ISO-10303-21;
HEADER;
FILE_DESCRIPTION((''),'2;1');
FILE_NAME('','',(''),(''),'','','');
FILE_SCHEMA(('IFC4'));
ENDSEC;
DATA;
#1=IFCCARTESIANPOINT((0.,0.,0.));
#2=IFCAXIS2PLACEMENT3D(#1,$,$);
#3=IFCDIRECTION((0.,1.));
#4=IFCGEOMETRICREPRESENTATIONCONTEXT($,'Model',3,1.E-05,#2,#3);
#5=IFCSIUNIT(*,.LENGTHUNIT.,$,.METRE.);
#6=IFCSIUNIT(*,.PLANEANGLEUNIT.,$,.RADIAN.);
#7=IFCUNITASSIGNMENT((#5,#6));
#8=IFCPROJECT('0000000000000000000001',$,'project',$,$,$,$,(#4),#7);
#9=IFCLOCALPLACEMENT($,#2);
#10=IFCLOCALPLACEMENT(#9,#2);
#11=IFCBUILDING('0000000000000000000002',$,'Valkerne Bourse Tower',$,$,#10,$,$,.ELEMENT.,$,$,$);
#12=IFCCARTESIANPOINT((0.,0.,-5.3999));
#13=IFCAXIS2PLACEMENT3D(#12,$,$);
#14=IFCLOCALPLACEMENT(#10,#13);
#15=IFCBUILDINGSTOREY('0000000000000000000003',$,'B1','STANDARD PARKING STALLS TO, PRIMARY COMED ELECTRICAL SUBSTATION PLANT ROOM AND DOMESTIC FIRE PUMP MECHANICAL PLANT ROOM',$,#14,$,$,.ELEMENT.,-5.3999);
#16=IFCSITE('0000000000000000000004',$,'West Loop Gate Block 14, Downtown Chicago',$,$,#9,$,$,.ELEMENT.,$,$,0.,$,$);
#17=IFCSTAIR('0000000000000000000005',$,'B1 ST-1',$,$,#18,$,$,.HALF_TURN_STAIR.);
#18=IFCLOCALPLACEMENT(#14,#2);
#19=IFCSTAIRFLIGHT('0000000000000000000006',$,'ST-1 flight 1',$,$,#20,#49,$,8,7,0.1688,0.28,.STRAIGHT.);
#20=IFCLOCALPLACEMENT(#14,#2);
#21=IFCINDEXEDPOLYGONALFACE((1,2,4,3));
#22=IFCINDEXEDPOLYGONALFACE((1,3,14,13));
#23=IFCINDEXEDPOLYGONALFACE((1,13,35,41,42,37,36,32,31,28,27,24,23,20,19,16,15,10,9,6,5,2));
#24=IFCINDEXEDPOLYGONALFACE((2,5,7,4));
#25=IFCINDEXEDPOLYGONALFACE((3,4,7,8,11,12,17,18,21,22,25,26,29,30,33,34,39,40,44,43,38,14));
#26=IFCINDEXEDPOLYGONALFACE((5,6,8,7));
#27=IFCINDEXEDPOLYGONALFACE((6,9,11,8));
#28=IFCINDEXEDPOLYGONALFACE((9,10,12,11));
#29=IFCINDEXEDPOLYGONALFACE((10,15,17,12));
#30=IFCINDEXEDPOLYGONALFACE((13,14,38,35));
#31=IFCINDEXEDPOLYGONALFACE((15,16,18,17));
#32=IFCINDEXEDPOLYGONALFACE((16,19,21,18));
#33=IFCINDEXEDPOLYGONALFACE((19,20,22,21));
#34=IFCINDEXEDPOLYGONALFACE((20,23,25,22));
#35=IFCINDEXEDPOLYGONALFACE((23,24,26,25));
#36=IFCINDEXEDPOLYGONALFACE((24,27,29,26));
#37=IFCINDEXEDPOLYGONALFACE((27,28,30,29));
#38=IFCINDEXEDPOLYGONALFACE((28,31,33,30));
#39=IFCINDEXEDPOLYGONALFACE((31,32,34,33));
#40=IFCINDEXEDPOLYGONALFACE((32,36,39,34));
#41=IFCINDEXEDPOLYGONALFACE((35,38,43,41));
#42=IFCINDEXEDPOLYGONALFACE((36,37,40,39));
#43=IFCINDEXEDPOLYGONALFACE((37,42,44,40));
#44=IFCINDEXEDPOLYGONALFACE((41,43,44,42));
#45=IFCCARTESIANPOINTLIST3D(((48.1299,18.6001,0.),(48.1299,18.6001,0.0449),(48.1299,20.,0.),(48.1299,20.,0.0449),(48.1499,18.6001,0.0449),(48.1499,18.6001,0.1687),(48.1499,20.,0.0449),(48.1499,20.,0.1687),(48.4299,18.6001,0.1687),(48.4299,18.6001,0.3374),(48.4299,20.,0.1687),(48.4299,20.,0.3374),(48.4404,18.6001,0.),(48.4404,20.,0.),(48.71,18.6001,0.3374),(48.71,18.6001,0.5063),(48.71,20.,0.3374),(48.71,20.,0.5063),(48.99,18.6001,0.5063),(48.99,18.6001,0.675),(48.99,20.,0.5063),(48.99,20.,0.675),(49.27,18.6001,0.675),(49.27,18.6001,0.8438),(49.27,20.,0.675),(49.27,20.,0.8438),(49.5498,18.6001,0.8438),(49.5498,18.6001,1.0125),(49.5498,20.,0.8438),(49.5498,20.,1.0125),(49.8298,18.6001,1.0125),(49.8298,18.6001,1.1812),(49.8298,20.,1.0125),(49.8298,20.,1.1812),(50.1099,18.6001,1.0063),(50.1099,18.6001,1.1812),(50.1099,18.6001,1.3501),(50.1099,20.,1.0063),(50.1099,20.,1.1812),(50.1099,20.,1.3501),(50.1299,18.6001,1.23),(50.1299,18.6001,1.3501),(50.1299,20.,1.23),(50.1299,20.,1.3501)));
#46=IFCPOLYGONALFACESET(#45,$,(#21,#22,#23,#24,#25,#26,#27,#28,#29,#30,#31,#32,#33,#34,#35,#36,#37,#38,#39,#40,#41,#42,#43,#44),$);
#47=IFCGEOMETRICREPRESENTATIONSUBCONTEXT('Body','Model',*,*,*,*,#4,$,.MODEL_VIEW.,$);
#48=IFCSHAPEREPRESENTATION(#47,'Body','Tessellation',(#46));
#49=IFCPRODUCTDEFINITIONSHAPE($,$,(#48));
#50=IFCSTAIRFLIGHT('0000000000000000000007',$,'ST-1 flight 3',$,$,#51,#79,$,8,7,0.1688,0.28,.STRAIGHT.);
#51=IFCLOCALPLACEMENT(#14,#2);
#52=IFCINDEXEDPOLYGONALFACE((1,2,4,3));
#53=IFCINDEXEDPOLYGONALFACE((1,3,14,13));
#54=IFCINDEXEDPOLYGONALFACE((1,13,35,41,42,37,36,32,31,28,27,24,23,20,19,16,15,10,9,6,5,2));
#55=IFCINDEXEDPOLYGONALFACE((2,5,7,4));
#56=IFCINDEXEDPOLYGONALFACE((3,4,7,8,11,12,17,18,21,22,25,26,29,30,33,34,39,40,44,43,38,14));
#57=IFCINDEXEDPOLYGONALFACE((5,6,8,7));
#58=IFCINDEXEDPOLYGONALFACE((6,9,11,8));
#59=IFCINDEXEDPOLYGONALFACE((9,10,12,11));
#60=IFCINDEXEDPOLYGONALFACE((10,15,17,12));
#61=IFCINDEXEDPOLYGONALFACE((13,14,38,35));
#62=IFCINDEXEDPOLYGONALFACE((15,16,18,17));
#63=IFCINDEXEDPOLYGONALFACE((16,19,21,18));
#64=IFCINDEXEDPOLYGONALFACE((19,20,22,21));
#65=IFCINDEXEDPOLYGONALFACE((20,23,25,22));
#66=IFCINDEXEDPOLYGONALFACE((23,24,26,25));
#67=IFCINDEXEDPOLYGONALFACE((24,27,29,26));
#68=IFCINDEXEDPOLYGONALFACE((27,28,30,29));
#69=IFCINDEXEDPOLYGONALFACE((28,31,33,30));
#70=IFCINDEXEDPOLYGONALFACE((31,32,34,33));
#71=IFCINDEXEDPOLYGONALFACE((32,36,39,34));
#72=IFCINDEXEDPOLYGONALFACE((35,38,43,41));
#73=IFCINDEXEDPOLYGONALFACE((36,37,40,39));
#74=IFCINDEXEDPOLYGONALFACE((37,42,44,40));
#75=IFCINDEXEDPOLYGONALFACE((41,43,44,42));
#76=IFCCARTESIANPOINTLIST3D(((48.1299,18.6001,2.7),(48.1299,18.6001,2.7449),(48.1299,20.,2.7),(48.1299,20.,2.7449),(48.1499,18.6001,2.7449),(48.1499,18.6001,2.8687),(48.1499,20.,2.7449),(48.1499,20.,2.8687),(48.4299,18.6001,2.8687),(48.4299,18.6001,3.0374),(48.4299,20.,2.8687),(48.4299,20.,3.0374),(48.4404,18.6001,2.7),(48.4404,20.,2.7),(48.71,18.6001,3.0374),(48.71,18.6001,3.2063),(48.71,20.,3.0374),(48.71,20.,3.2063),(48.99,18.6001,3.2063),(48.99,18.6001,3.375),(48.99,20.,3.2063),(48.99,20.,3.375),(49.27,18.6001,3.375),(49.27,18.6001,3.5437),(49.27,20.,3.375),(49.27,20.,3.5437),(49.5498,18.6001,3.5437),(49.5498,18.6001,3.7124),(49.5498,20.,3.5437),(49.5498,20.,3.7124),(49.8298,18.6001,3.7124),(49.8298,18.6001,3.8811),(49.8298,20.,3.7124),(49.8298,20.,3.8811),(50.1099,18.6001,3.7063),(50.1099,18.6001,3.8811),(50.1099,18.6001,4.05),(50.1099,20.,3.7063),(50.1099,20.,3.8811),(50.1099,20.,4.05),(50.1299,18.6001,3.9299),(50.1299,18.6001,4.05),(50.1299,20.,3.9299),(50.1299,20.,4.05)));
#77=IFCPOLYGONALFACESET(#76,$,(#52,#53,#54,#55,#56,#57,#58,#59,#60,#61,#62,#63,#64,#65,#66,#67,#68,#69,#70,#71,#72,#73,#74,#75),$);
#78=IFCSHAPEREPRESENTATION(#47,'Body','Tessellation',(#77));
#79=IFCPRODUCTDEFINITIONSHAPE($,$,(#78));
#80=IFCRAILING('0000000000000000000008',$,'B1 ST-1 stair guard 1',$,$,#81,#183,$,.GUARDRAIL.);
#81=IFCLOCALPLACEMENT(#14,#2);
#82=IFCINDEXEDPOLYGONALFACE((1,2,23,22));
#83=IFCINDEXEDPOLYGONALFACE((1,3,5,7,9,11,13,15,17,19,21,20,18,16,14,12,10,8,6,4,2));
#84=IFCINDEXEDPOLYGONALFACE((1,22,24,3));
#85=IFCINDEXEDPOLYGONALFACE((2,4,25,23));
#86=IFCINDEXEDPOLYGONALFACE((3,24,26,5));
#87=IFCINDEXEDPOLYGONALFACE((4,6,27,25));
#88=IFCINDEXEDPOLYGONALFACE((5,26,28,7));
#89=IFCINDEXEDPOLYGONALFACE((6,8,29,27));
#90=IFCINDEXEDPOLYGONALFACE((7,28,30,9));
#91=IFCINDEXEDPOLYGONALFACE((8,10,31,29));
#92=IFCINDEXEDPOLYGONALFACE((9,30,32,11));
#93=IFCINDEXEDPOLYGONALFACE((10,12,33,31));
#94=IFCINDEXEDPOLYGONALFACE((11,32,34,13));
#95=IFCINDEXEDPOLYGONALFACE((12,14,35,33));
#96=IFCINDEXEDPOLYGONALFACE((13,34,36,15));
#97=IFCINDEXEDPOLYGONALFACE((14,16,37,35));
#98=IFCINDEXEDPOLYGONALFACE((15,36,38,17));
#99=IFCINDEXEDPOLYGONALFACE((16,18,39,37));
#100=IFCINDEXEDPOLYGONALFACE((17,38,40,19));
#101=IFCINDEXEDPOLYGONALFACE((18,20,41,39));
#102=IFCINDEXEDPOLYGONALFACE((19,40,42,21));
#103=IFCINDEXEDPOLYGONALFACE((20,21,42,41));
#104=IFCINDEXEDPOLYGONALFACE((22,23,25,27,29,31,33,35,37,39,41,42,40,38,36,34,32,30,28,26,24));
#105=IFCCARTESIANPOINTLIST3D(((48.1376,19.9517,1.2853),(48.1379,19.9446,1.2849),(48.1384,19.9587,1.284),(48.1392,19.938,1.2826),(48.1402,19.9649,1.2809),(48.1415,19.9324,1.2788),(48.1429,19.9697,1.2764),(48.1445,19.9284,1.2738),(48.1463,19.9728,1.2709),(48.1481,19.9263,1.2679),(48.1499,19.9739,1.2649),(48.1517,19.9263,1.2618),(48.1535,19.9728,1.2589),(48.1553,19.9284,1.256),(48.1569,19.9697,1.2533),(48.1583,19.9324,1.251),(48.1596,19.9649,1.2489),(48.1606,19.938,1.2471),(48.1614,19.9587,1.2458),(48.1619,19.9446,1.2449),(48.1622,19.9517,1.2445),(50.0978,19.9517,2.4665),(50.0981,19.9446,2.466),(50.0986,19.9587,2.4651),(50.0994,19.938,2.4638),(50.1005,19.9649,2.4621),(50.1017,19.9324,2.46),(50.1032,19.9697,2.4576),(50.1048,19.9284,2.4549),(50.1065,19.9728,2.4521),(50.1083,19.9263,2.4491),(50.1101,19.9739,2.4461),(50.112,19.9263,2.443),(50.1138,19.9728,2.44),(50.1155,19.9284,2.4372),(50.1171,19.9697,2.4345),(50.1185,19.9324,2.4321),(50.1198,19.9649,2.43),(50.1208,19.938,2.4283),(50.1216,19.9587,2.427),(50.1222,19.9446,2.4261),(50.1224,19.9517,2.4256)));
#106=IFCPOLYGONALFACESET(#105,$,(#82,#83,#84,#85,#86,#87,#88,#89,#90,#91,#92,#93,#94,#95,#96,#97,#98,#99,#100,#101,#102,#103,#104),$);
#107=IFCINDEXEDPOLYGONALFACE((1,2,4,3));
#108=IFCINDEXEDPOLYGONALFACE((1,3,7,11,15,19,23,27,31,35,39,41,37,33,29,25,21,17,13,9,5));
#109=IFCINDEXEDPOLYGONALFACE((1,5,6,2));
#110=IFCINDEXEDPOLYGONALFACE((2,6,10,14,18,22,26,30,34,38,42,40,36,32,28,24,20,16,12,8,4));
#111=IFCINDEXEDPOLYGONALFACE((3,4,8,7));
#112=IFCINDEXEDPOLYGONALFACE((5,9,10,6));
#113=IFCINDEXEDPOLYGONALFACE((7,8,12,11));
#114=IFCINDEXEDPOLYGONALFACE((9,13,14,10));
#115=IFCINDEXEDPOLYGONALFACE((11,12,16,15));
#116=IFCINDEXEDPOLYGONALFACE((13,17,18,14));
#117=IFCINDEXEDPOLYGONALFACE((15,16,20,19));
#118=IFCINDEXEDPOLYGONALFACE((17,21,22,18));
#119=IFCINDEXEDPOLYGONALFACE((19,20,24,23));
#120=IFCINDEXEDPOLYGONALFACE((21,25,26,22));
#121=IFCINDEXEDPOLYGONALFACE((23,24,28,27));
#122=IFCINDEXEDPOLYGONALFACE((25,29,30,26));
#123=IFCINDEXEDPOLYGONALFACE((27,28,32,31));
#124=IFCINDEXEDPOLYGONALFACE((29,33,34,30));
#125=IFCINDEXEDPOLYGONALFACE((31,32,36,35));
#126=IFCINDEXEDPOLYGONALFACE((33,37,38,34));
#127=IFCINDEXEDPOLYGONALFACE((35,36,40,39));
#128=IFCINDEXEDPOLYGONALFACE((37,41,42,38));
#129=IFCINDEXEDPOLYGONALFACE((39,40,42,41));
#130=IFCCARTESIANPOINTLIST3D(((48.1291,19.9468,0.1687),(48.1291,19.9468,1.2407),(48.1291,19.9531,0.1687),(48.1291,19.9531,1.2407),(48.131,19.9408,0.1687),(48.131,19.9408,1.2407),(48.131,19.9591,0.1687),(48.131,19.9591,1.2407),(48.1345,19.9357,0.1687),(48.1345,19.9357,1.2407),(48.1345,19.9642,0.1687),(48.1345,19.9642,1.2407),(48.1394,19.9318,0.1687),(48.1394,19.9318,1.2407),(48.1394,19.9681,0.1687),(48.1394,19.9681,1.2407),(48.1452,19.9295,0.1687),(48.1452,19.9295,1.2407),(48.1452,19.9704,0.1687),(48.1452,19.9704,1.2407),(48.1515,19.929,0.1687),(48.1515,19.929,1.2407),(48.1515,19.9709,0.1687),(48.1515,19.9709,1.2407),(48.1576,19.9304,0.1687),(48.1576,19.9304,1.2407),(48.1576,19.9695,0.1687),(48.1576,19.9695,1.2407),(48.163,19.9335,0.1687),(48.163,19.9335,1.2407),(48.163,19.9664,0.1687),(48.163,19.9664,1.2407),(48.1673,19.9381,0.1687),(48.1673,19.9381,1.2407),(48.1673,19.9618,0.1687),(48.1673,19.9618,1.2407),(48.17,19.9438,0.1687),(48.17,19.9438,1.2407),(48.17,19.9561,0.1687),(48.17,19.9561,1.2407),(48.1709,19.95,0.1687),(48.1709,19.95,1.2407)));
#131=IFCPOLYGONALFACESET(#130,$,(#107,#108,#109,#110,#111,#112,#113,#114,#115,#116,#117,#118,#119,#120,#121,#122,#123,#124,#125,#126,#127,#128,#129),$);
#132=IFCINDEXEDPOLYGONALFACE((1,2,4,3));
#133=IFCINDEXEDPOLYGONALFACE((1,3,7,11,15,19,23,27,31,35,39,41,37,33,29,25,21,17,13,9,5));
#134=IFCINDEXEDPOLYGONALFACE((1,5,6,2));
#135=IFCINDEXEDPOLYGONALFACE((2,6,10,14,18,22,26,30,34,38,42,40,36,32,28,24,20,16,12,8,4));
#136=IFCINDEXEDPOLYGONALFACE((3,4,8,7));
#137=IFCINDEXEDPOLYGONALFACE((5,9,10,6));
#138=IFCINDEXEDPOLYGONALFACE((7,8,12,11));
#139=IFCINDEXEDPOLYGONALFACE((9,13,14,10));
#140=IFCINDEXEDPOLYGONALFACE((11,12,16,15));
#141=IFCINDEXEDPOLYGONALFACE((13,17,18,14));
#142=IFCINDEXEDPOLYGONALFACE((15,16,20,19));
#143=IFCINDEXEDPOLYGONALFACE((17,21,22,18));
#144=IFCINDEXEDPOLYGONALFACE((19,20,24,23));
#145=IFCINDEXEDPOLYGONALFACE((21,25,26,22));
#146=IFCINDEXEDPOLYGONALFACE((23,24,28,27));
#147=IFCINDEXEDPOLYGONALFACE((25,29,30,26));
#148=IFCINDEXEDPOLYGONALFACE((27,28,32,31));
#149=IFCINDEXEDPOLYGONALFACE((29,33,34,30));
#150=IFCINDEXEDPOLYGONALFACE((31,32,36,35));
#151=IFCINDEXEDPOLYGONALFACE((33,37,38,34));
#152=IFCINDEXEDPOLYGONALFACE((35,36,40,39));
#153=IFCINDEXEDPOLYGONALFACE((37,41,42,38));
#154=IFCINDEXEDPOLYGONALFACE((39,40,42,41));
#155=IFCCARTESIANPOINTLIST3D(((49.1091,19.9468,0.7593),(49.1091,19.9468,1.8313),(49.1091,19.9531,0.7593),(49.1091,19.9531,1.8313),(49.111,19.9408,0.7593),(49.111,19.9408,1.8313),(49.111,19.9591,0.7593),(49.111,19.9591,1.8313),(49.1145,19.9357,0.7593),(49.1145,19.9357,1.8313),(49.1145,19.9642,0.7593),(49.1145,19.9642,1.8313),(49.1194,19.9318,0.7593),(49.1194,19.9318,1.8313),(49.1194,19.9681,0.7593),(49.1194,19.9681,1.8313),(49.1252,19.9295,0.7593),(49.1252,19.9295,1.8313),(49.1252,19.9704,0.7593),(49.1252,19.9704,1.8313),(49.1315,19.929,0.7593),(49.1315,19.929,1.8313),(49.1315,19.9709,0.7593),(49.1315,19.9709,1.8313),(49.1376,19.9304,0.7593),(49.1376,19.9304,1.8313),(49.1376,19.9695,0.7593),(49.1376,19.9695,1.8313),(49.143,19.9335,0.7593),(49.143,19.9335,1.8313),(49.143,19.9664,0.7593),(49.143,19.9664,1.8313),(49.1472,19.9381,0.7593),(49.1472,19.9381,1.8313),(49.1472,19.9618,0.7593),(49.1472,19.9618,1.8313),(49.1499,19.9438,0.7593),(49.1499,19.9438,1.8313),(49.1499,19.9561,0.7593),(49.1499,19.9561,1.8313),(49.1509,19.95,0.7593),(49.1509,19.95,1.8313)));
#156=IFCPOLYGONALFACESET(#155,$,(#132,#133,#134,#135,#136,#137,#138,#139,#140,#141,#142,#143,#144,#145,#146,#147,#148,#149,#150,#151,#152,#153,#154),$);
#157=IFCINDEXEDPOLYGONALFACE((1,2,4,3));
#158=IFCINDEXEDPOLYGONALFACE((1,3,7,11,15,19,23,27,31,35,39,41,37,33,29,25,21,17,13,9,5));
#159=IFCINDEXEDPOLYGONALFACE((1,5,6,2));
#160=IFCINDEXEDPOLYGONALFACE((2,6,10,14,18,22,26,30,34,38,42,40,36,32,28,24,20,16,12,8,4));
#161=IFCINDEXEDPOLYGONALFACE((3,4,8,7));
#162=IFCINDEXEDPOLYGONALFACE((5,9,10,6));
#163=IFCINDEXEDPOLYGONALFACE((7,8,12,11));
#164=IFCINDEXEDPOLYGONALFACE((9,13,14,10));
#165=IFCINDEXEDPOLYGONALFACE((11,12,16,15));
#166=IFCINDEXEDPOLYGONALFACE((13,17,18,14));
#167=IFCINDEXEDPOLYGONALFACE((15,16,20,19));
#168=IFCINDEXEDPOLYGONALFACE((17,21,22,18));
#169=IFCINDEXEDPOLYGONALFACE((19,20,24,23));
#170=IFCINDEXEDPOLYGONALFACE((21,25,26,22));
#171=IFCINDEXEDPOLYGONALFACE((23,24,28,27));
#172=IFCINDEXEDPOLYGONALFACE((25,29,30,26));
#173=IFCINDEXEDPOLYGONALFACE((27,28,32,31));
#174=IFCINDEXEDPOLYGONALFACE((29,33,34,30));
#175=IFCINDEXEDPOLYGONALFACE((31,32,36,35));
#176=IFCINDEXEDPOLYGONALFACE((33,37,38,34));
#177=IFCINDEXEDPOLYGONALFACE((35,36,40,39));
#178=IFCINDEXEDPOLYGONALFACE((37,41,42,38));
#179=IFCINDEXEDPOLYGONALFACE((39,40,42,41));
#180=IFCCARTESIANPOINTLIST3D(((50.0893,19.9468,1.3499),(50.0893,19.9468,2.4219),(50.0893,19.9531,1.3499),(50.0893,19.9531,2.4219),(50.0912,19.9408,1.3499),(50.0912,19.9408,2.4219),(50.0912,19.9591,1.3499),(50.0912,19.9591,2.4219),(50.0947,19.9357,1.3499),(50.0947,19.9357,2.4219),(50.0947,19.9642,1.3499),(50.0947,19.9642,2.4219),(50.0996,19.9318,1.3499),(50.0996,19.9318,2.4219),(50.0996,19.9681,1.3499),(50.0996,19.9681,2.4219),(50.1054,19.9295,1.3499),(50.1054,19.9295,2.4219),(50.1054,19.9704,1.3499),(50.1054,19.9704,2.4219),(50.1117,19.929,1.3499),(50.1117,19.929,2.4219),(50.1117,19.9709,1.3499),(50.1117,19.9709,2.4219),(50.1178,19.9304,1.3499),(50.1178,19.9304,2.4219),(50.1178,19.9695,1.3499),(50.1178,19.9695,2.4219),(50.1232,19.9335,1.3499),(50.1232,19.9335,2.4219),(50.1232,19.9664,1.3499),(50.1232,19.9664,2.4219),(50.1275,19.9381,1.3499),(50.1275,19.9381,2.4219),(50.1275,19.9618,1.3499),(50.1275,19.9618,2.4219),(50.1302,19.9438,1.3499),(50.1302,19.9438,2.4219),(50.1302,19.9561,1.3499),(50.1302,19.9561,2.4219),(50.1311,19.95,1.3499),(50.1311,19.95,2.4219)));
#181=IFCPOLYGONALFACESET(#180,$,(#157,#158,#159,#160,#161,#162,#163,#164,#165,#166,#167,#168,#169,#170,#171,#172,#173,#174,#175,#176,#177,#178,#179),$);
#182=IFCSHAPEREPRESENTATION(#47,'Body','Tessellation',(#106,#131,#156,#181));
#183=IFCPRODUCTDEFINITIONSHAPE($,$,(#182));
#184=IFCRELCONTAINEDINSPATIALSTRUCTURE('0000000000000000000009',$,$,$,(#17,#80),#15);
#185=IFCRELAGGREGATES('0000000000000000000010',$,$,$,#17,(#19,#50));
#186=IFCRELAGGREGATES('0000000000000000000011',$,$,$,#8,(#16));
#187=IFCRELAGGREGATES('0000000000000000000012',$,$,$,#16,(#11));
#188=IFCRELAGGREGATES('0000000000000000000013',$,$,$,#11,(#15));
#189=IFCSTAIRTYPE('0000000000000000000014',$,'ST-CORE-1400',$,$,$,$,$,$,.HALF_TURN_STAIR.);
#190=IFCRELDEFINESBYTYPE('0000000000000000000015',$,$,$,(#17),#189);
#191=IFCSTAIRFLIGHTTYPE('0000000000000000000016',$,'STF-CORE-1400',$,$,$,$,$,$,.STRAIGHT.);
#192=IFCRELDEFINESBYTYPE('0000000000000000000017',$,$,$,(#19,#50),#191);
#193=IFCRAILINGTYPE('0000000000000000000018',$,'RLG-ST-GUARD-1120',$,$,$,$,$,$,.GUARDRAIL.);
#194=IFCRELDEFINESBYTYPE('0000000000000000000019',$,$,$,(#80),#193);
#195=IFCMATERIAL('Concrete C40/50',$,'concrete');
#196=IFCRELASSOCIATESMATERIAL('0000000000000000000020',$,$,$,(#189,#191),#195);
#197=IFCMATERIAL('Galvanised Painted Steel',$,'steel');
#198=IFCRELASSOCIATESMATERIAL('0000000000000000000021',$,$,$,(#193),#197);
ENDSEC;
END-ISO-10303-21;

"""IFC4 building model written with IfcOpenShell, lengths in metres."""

from ifc_helpers import new_model, si_unit, direction, frame, origin, origin_2d, place, context, subcontext, project, spatial, polyline, circle, outline, extrude, material, type_object, element, aggregate, save


model = new_model("IFC4")

# Units and contexts
model_context = context("Model", 3, precision=1e-05, world=origin(), true_north=direction((0.0, 1.0)))
body_context = subcontext(model_context, "Body", "Model", "MODEL_VIEW")
ifc_project = project(units=[si_unit("LENGTHUNIT", "METRE"), si_unit("PLANEANGLEUNIT", "RADIAN")], contexts=[model_context])

# Site, building, storey
site_placement = place(None, origin())
site = spatial("IfcSite", under=ifc_project, at=site_placement, Name="West Loop Gate Block 14, Downtown Chicago", CompositionType="ELEMENT", RefElevation=0.0)
building_placement = place(site_placement, origin())
building = spatial("IfcBuilding", under=site, at=building_placement, Name="Valkerne Bourse Tower", CompositionType="ELEMENT")
storey_placement = place(building_placement, frame((0.0, 0.0, -5.3999)))
storey = spatial("IfcBuildingStorey", under=building, at=storey_placement, Name="B1", Description="STANDARD PARKING STALLS TO, PRIMARY COMED ELECTRICAL SUBSTATION PLANT ROOM AND DOMESTIC FIRE PUMP MECHANICAL PLANT ROOM", CompositionType="ELEMENT", Elevation=-5.3999)

# Shared definitions
ifc_material_1 = material(Name="Concrete C40/50", Category="concrete")

# Stair, stair flights
stair_type = type_object("IfcStairType", Name="ST-CORE-1400", PredefinedType="HALF_TURN_STAIR", material=ifc_material_1)
stair_placement = place(storey_placement, origin())
stair = element("IfcStair", 1, at=stair_placement, inside=storey, type_object=stair_type, Name="B1 ST-1", PredefinedType="HALF_TURN_STAIR")
stair_flight_type = type_object("IfcStairFlightType", Name="STF-CORE-1400", PredefinedType="STRAIGHT", material=ifc_material_1)
stair_flight_1_placement = place(storey_placement, frame((48.1499, 19.3, 0.0), z_axis=(0.0, 0.0, 1.0), x_axis=(1.0, 0.0, 0.0)))
stair_flight_1 = element("IfcStairFlight", 2, at=stair_flight_1_placement, type_object=stair_flight_type, Name="ST-1 flight 1", NumberOfRisers=8, NumberOfTreads=7, PredefinedType="STRAIGHT", RiserHeight=0.1688, TreadLength=0.28, context=body_context, shape_type="SweptSolid", body=[
    extrude(outline(polyline([(-0.02, 0.0), (-0.02, 0.0449), (0.0, 0.0449), (0.0, 0.1687), (0.28, 0.1687), (0.28, 0.3374), (0.5601, 0.3374), (0.5601, 0.5063), (0.8401, 0.5063), (0.8401, 0.675), (1.1201, 0.675), (1.1201, 0.8438), (1.3999, 0.8438), (1.3999, 1.0125), (1.6799, 1.0125), (1.6799, 1.1812), (1.96, 1.1812), (1.96, 1.3501), (1.98, 1.3501), (1.98, 1.23), (1.96, 1.0063), (0.2905, 0.0), (-0.02, 0.0)])), frame((0.0, 0.7, 0.0), z_axis=(0.0, -1.0, 0.0), x_axis=(1.0, 0.0, 0.0)), (0.0, 0.0, 1.0), 1.3999),
])
stair_flight_2_placement = place(storey_placement, frame((48.1499, 19.3, 2.7), z_axis=(0.0, 0.0, 1.0), x_axis=(1.0, 0.0, 0.0)))
stair_flight_2 = element("IfcStairFlight", 3, at=stair_flight_2_placement, type_object=stair_flight_type, Name="ST-1 flight 3", NumberOfRisers=8, NumberOfTreads=7, PredefinedType="STRAIGHT", RiserHeight=0.1688, TreadLength=0.28, context=body_context, shape_type="SweptSolid", body=[
    extrude(outline(polyline([(-0.02, 0.0), (-0.02, 0.0449), (0.0, 0.0449), (0.0, 0.1687), (0.28, 0.1687), (0.28, 0.3374), (0.5601, 0.3374), (0.5601, 0.5063), (0.8401, 0.5063), (0.8401, 0.675), (1.1201, 0.675), (1.1201, 0.8438), (1.3999, 0.8438), (1.3999, 1.0125), (1.6799, 1.0125), (1.6799, 1.1812), (1.96, 1.1812), (1.96, 1.3501), (1.98, 1.3501), (1.98, 1.23), (1.96, 1.0063), (0.2905, 0.0), (-0.02, 0.0)])), frame((0.0, 0.7, 0.0), z_axis=(0.0, -1.0, 0.0), x_axis=(1.0, 0.0, 0.0)), (0.0, 0.0, 1.0), 1.3999),
])
aggregate(stair, [stair_flight_1, stair_flight_2])

# Railing
ifc_material_2 = material(Name="Galvanised Painted Steel", Category="steel")
railing_type_1 = type_object("IfcRailingType", Name="RLG-ST-GUARD-1120", PredefinedType="GUARDRAIL", material=ifc_material_2)
railing_1_placement = place(storey_placement, frame((48.1499, 19.95, 0.1687)))
element("IfcRailing", 4, at=railing_1_placement, inside=storey, type_object=railing_type_1, Name="B1 ST-1 stair guard 1", PredefinedType="GUARDRAIL", context=body_context, shape_type="SweptSolid", body=[
    extrude(circle(Radius=0.0239, at=origin_2d()), frame((0.0, 0.0, 1.0962), z_axis=(0.856522, 0.0, 0.516111), x_axis=(0.0, 1.0, 0.0)), (0.0, 0.0, 1.0), 2.2886),
    extrude(circle(Radius=0.021, at=origin_2d()), origin(), (0.0, 0.0, 1.0), 1.072),
    extrude(circle(Radius=0.021, at=origin_2d()), frame((0.98, 0.0, 0.5906)), (0.0, 0.0, 1.0), 1.072),
    extrude(circle(Radius=0.021, at=origin_2d()), frame((1.9602, 0.0, 1.1812)), (0.0, 0.0, 1.0), 1.072),
])

save(model, "model.ifc")
